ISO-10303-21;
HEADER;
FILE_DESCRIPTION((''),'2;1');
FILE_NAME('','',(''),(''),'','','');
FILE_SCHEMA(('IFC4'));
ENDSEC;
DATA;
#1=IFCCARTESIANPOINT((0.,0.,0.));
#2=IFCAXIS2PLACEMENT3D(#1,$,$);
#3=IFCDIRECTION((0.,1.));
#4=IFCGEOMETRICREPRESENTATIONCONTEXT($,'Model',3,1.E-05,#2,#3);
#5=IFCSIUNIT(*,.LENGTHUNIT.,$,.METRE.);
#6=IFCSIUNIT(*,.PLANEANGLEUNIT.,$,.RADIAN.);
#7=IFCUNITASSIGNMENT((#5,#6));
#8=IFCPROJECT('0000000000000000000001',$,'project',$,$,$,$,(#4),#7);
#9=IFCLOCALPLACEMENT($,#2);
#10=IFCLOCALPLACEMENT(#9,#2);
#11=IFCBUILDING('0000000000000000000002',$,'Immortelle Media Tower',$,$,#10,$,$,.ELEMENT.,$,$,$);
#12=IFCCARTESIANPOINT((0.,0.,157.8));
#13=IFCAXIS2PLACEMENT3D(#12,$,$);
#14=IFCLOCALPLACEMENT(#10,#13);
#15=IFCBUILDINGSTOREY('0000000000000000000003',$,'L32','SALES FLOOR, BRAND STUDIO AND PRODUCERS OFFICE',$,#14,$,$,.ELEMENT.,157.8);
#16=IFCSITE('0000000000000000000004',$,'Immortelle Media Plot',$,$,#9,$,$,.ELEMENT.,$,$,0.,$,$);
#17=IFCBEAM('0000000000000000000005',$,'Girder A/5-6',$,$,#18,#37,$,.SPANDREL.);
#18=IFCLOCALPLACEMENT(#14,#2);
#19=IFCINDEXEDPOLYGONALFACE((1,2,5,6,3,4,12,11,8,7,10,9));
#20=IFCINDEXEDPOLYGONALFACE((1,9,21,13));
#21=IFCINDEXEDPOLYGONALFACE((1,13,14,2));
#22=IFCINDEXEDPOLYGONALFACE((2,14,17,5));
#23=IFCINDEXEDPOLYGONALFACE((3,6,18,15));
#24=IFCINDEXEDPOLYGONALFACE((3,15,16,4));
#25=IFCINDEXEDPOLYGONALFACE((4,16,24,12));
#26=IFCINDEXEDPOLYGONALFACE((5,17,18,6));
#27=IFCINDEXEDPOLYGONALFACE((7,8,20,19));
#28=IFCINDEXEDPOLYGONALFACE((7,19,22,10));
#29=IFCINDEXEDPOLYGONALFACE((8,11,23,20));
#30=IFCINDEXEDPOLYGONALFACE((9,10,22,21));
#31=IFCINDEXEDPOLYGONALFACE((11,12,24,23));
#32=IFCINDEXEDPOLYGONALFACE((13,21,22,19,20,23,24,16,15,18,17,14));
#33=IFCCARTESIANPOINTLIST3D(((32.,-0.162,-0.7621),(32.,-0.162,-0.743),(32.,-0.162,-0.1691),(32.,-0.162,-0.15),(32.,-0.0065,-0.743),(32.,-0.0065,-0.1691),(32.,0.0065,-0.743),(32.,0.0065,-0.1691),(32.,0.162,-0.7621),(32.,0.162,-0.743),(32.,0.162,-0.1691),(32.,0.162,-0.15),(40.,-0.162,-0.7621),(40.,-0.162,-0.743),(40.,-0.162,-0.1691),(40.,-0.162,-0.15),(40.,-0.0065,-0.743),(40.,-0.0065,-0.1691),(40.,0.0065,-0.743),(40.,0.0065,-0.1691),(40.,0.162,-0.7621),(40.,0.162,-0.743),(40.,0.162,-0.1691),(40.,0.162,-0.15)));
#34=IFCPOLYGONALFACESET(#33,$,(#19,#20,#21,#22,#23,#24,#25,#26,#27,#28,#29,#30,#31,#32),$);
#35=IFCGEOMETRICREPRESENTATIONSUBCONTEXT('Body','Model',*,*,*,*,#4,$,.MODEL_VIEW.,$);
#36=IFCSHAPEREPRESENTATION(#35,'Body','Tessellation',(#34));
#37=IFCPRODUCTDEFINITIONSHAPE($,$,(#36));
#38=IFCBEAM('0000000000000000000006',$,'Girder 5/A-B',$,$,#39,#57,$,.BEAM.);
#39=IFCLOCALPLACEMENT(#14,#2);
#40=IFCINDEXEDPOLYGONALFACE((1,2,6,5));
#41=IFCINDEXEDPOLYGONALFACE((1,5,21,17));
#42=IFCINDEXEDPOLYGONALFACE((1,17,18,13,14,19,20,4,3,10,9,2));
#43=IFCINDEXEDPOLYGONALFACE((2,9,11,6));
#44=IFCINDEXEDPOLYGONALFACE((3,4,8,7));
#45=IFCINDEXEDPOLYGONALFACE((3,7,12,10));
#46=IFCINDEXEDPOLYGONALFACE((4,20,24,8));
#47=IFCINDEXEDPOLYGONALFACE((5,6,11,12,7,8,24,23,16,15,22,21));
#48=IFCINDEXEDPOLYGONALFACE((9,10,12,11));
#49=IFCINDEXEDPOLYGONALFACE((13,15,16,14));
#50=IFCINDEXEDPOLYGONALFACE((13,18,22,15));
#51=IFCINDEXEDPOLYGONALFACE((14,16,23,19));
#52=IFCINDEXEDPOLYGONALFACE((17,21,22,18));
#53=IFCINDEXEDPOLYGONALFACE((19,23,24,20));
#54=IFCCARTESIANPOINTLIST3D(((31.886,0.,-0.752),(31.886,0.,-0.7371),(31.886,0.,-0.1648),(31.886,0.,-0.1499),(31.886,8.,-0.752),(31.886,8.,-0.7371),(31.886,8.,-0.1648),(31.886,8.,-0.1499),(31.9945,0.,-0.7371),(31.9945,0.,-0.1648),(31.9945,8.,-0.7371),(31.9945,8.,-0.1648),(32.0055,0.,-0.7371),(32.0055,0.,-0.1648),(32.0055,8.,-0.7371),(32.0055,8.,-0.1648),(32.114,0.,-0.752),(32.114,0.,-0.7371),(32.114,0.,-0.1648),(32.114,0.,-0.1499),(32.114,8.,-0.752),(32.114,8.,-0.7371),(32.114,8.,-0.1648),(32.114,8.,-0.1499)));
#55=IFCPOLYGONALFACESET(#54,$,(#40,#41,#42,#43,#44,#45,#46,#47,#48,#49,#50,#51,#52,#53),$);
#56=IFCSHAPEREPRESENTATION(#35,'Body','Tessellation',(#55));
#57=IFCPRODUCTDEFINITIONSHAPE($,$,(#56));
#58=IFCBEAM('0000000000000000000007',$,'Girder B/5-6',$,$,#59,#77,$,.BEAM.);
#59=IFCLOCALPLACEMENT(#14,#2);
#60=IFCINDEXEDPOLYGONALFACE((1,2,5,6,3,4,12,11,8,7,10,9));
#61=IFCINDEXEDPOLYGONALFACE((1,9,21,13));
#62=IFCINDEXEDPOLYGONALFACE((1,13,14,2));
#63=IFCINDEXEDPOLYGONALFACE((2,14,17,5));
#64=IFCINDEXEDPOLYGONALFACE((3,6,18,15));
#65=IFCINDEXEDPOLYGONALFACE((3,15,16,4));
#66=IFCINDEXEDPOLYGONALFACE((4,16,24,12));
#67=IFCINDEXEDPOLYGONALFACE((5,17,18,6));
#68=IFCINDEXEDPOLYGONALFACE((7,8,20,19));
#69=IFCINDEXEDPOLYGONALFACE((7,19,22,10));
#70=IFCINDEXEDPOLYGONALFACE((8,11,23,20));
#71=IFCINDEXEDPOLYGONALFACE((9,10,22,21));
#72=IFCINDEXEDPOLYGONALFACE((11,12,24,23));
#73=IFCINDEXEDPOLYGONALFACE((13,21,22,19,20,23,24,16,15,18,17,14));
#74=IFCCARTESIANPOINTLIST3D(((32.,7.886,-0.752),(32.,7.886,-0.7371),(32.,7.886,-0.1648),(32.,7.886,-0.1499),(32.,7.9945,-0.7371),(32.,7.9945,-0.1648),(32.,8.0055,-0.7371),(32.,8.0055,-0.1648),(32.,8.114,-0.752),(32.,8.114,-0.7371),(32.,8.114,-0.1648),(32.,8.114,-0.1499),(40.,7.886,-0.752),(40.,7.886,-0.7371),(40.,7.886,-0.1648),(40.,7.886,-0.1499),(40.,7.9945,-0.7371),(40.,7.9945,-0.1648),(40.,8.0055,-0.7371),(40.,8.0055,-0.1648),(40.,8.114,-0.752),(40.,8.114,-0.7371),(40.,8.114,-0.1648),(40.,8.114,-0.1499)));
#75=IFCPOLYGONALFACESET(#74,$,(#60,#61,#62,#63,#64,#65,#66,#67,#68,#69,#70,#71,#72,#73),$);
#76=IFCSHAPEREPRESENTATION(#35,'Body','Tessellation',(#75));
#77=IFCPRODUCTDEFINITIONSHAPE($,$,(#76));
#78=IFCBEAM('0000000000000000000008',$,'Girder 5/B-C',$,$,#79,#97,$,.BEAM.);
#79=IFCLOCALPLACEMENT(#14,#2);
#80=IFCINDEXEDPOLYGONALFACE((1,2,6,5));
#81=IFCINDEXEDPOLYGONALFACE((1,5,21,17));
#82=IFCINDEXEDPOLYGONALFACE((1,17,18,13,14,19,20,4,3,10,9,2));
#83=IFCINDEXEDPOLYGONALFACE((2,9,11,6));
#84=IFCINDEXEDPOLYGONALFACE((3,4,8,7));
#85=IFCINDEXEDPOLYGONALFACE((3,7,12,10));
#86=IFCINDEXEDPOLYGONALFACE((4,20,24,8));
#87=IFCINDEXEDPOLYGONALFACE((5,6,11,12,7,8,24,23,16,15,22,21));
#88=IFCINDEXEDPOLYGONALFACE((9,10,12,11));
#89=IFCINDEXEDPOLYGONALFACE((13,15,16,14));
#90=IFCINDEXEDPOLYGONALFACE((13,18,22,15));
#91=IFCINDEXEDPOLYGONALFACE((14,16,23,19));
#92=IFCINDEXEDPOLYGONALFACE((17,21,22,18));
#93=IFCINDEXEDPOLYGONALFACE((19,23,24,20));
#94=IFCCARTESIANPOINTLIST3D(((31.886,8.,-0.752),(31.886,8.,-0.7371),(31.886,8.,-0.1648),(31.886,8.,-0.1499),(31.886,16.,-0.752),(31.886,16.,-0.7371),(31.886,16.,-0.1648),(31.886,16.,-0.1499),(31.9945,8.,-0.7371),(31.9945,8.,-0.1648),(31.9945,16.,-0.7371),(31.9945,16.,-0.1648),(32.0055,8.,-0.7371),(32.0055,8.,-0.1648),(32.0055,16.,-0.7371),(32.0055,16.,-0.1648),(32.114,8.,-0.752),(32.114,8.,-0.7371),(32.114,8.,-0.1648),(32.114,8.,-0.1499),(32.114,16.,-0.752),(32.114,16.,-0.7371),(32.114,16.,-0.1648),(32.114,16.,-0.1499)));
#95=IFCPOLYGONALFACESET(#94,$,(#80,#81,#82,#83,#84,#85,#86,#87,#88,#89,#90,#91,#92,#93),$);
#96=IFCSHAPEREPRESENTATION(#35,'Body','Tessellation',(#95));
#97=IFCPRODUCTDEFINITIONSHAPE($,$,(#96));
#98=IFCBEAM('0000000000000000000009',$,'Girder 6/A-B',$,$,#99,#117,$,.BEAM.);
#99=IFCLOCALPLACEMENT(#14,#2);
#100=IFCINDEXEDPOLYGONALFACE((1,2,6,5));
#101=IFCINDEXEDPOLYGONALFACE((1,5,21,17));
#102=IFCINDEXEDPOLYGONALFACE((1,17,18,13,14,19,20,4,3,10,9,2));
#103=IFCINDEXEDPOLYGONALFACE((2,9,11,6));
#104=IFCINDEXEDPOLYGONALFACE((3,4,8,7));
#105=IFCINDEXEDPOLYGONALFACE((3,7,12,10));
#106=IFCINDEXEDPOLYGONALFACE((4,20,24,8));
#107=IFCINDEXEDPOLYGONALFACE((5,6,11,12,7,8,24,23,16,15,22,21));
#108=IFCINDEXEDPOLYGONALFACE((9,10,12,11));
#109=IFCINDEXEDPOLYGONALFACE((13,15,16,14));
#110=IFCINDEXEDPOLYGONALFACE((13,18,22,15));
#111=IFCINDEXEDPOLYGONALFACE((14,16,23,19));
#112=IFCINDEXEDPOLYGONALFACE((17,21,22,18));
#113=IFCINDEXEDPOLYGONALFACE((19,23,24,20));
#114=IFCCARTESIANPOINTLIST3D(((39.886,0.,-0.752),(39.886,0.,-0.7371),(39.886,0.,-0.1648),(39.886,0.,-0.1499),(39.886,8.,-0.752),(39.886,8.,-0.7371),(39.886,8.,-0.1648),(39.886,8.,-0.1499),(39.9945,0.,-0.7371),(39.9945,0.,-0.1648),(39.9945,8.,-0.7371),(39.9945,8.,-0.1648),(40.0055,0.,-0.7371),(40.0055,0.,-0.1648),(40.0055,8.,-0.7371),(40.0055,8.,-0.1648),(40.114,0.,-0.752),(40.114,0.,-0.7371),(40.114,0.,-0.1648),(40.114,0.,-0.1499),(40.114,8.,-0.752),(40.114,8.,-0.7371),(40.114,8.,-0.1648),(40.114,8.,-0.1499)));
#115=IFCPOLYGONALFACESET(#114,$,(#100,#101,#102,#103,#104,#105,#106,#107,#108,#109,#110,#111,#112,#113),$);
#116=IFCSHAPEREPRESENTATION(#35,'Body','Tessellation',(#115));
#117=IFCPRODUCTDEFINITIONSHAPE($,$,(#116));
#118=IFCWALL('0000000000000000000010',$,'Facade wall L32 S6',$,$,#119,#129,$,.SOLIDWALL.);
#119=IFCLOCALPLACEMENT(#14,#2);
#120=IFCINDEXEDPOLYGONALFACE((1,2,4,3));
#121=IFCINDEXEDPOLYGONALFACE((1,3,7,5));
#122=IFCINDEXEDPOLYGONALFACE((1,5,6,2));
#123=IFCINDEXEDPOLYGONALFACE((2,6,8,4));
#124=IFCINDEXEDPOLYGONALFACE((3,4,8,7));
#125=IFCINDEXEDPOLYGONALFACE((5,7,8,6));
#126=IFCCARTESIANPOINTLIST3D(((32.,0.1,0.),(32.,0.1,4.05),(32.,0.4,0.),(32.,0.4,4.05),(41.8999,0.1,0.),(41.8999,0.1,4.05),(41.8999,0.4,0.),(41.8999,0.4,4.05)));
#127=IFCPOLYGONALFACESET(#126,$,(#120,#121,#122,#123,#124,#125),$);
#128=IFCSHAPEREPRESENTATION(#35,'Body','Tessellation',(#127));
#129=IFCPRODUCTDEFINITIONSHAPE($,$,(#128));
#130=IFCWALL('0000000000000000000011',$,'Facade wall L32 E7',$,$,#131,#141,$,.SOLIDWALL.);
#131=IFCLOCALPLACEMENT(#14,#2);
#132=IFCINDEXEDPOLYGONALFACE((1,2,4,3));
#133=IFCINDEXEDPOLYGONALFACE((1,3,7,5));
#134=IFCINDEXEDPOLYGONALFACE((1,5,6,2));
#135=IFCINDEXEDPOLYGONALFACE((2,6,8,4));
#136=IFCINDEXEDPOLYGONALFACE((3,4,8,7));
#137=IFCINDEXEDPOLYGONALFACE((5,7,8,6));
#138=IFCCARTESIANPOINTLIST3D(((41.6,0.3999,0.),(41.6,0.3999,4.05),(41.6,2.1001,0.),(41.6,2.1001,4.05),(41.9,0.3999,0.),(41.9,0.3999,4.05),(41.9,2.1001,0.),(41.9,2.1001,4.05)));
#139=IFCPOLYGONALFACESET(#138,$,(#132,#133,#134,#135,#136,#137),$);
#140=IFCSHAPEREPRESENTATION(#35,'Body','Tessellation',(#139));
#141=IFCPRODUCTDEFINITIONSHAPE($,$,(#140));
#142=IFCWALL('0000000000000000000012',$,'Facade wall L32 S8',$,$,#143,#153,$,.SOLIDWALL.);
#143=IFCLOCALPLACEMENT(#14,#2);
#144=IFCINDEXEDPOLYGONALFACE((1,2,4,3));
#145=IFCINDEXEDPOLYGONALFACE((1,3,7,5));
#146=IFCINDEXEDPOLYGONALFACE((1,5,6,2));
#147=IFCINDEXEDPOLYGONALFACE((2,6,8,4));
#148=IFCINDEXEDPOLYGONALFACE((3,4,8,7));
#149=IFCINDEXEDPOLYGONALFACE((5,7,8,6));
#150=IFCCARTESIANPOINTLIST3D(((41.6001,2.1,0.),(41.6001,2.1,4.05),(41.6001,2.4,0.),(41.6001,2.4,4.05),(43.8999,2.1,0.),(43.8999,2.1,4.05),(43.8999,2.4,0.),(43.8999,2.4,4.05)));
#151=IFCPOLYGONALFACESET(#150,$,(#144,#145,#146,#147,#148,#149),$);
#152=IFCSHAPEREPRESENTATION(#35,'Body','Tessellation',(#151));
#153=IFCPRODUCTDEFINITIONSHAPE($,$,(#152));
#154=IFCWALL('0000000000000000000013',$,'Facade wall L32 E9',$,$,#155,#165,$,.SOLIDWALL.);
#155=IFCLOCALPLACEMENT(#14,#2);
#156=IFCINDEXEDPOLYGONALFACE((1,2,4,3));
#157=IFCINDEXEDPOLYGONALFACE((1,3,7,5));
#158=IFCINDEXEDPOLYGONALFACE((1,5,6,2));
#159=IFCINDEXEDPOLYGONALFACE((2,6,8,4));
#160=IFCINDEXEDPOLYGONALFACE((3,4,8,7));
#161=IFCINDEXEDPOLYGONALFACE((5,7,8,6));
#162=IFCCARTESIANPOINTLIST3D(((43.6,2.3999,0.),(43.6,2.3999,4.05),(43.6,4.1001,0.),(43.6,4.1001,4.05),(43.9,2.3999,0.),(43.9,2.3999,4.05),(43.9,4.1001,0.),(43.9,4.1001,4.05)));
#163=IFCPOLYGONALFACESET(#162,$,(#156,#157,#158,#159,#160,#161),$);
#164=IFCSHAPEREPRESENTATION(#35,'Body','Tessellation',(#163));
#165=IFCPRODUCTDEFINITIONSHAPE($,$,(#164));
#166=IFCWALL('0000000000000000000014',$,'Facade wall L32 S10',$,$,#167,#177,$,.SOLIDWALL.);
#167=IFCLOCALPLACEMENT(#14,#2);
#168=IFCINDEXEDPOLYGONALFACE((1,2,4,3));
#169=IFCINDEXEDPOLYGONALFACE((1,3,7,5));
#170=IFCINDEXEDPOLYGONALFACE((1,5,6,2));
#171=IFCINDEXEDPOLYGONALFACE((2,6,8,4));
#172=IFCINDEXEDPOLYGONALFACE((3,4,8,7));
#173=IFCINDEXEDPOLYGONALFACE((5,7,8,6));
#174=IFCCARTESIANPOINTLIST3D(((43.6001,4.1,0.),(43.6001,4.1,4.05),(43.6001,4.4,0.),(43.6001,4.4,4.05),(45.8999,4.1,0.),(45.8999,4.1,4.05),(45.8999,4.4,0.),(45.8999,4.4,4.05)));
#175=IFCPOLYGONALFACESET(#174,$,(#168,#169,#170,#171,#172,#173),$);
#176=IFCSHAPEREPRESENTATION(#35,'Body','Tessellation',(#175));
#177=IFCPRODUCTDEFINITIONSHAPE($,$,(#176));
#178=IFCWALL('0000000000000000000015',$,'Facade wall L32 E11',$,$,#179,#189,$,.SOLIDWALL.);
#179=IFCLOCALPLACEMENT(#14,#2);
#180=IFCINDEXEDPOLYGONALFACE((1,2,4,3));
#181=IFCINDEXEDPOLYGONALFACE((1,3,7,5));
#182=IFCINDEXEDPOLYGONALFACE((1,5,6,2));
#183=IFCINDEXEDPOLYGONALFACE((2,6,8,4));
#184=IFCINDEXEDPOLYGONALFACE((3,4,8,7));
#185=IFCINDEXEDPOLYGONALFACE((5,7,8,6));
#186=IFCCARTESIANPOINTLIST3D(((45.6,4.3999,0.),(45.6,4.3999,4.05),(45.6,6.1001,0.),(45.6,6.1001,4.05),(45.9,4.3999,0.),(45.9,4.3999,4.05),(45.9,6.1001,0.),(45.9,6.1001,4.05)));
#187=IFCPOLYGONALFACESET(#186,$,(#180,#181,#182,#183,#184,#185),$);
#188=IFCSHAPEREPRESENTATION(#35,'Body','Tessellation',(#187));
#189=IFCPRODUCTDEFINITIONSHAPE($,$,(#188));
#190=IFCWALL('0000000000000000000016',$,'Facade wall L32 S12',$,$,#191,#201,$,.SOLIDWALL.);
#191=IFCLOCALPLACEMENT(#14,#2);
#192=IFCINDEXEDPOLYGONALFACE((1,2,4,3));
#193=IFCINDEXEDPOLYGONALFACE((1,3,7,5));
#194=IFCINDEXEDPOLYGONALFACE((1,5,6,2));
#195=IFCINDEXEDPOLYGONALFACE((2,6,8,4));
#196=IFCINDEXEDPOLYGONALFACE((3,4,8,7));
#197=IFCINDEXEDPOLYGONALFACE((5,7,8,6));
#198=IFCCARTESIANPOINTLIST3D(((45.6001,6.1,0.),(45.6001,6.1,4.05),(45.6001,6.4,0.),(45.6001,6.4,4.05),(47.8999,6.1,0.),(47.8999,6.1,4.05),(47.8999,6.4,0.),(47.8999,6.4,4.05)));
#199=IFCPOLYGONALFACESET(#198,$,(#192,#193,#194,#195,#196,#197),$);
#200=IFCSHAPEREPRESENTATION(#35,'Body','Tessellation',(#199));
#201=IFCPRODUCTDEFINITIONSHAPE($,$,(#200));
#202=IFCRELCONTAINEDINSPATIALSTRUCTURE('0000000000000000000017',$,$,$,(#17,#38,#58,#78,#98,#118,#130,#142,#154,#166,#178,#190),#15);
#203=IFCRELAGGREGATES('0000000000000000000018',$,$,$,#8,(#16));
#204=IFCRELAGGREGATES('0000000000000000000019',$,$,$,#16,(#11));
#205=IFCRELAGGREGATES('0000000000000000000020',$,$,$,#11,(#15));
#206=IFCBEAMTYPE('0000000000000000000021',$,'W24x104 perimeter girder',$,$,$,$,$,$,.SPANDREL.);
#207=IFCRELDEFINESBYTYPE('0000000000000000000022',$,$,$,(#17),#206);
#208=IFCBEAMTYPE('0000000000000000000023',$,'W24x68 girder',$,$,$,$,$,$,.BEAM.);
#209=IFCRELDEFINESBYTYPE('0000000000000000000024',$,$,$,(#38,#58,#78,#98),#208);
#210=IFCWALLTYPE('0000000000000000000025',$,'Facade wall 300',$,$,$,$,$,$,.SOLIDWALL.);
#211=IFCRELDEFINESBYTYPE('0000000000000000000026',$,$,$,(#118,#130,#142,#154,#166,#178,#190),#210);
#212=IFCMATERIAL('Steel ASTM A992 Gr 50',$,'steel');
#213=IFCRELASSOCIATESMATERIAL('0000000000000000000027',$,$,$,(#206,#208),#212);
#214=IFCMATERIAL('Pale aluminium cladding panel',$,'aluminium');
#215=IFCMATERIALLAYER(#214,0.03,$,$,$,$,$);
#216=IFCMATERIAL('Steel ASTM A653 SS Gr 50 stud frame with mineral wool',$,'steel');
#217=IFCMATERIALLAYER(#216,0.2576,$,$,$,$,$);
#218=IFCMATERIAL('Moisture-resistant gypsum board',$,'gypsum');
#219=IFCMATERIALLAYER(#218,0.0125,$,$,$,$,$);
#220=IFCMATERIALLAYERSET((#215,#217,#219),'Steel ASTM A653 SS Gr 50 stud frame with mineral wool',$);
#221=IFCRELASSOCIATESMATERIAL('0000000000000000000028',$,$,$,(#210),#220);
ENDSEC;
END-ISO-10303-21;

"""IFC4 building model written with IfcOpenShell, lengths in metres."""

from ifc_helpers import new_model, si_unit, direction, frame, frame_2d, origin, origin_2d, place, context, subcontext, project, spatial, rectangle, i_section, extrude, material, layer, layer_set, material_profile, profile_set, type_object, element, save


model = new_model("IFC4")

# Units and contexts
model_context = context("Model", 3, precision=1e-05, world=origin(), true_north=direction((0.0, 1.0)))
body_context = subcontext(model_context, "Body", "Model", "MODEL_VIEW")
ifc_project = project(units=[si_unit("LENGTHUNIT", "METRE"), si_unit("PLANEANGLEUNIT", "RADIAN")], contexts=[model_context])

# Site, building, storey
site_placement = place(None, origin())
site = spatial("IfcSite", under=ifc_project, at=site_placement, Name="Immortelle Media Plot", CompositionType="ELEMENT", RefElevation=0.0)
building_placement = place(site_placement, origin())
building = spatial("IfcBuilding", under=site, at=building_placement, Name="Immortelle Media Tower", CompositionType="ELEMENT")
storey_placement = place(building_placement, frame((0.0, 0.0, 157.8)))
storey = spatial("IfcBuildingStorey", under=building, at=storey_placement, Name="L32", Description="SALES FLOOR, BRAND STUDIO AND PRODUCERS OFFICE", CompositionType="ELEMENT", Elevation=157.8)

# Shared definitions
ifc_material_1 = material(Name="Steel ASTM A992 Gr 50", Category="steel")

# Beams
ifc_material_profile_1 = material_profile(ifc_material_1, i_section(OverallWidth=0.324, OverallDepth=0.6121, WebThickness=0.0129, FlangeThickness=0.019, at=origin_2d()), Name="W24x104")
ifc_profile_set_1 = profile_set([ifc_material_profile_1], Name="Steel ASTM A992 Gr 50")
beam_type_1 = type_object("IfcBeamType", Name="W24x104 perimeter girder", PredefinedType="SPANDREL", material=ifc_profile_set_1)
beam_1_placement = place(storey_placement, frame((32.0, 0.0, -0.4561), z_axis=(1.0, 0.0, 0.0), x_axis=(0.0, 1.0, 0.0)))
element("IfcBeam", 1, at=beam_1_placement, inside=storey, type_object=beam_type_1, Name="Girder A/5-6", PredefinedType="SPANDREL", context=body_context, shape_type="SweptSolid", body=[
    extrude(i_section(OverallWidth=0.324, OverallDepth=0.6121, WebThickness=0.0129, FlangeThickness=0.019, at=origin_2d()), origin(), (0.0, 0.0, 1.0), 8.0),
])
ifc_material_profile_2 = material_profile(ifc_material_1, i_section(OverallWidth=0.228, OverallDepth=0.6021, WebThickness=0.011, FlangeThickness=0.0149, at=origin_2d()), Name="W24x68")
ifc_profile_set_2 = profile_set([ifc_material_profile_2], Name="Steel ASTM A992 Gr 50")
beam_type_2 = type_object("IfcBeamType", Name="W24x68 girder", PredefinedType="BEAM", material=ifc_profile_set_2)
for number, where, z_axis, x_axis, name in (
    (2, (32.0, 0.0, -0.4509), (0.0, 1.0, 0.0), (-1.0, 0.0, 0.0), "Girder 5/A-B"),
    (3, (32.0, 8.0, -0.4509), (1.0, 0.0, 0.0), (0.0, 1.0, 0.0), "Girder B/5-6"),
    (4, (32.0, 8.0, -0.4509), (0.0, 1.0, 0.0), (-1.0, 0.0, 0.0), "Girder 5/B-C"),
    (5, (40.0, 0.0, -0.4509), (0.0, 1.0, 0.0), (-1.0, 0.0, 0.0), "Girder 6/A-B"),
):
    element("IfcBeam", number, at=place(storey_placement, frame(where, z_axis=z_axis, x_axis=x_axis)), inside=storey, type_object=beam_type_2, Name=name, PredefinedType="BEAM", context=body_context, shape_type="SweptSolid", body=[
        extrude(i_section(OverallWidth=0.228, OverallDepth=0.6021, WebThickness=0.011, FlangeThickness=0.0149, at=origin_2d()), origin(), (0.0, 0.0, 1.0), 8.0),
    ])

# Walls
ifc_material_2 = material(Name="Pale aluminium cladding panel", Category="aluminium")
ifc_layer_1 = layer(ifc_material_2, 0.03)
ifc_material_3 = material(Name="Steel ASTM A653 SS Gr 50 stud frame with mineral wool", Category="steel")
ifc_layer_2 = layer(ifc_material_3, 0.2576)
ifc_material_4 = material(Name="Moisture-resistant gypsum board", Category="gypsum")
ifc_layer_3 = layer(ifc_material_4, 0.0125)
ifc_layer_set = layer_set([ifc_layer_1, ifc_layer_2, ifc_layer_3], Name="Steel ASTM A653 SS Gr 50 stud frame with mineral wool")
wall_type = type_object("IfcWallType", Name="Facade wall 300", PredefinedType="SOLIDWALL", material=ifc_layer_set)
wall_1_placement = place(storey_placement, frame((32.0, 0.25, 0.0), z_axis=(0.0, 0.0, 1.0), x_axis=(1.0, 0.0, 0.0)))
element("IfcWall", 6, at=wall_1_placement, inside=storey, type_object=wall_type, Name="Facade wall L32 S6", PredefinedType="SOLIDWALL", context=body_context, shape_type="SweptSolid", body=[
    extrude(rectangle(XDim=9.8999, YDim=0.3, at=frame_2d((4.95, 0.0))), origin(), (0.0, 0.0, 1.0), 4.05),
])
wall_2_placement = place(storey_placement, frame((41.75, 0.3999, 0.0), z_axis=(0.0, 0.0, 1.0), x_axis=(0.0, 1.0, 0.0)))
element("IfcWall", 7, at=wall_2_placement, inside=storey, type_object=wall_type, Name="Facade wall L32 E7", PredefinedType="SOLIDWALL", context=body_context, shape_type="SweptSolid", body=[
    extrude(rectangle(XDim=1.7002, YDim=0.3, at=frame_2d((0.8501, 0.0))), origin(), (0.0, 0.0, 1.0), 4.05),
])
wall_3_placement = place(storey_placement, frame((41.6001, 2.25, 0.0), z_axis=(0.0, 0.0, 1.0), x_axis=(1.0, 0.0, 0.0)))
element("IfcWall", 8, at=wall_3_placement, inside=storey, type_object=wall_type, Name="Facade wall L32 S8", PredefinedType="SOLIDWALL", context=body_context, shape_type="SweptSolid", body=[
    extrude(rectangle(XDim=2.2998, YDim=0.3, at=frame_2d((1.1499, 0.0))), origin(), (0.0, 0.0, 1.0), 4.05),
])
wall_4_placement = place(storey_placement, frame((43.75, 2.3999, 0.0), z_axis=(0.0, 0.0, 1.0), x_axis=(0.0, 1.0, 0.0)))
element("IfcWall", 9, at=wall_4_placement, inside=storey, type_object=wall_type, Name="Facade wall L32 E9", PredefinedType="SOLIDWALL", context=body_context, shape_type="SweptSolid", body=[
    extrude(rectangle(XDim=1.7002, YDim=0.3, at=frame_2d((0.8501, 0.0))), origin(), (0.0, 0.0, 1.0), 4.05),
])
wall_5_placement = place(storey_placement, frame((43.6001, 4.25, 0.0), z_axis=(0.0, 0.0, 1.0), x_axis=(1.0, 0.0, 0.0)))
element("IfcWall", 10, at=wall_5_placement, inside=storey, type_object=wall_type, Name="Facade wall L32 S10", PredefinedType="SOLIDWALL", context=body_context, shape_type="SweptSolid", body=[
    extrude(rectangle(XDim=2.2998, YDim=0.3, at=frame_2d((1.1499, 0.0))), origin(), (0.0, 0.0, 1.0), 4.05),
])
wall_6_placement = place(storey_placement, frame((45.75, 4.3999, 0.0), z_axis=(0.0, 0.0, 1.0), x_axis=(0.0, 1.0, 0.0)))
element("IfcWall", 11, at=wall_6_placement, inside=storey, type_object=wall_type, Name="Facade wall L32 E11", PredefinedType="SOLIDWALL", context=body_context, shape_type="SweptSolid", body=[
    extrude(rectangle(XDim=1.7002, YDim=0.3, at=frame_2d((0.8501, 0.0))), origin(), (0.0, 0.0, 1.0), 4.05),
])
wall_7_placement = place(storey_placement, frame((45.6001, 6.25, 0.0), z_axis=(0.0, 0.0, 1.0), x_axis=(1.0, 0.0, 0.0)))
element("IfcWall", 12, at=wall_7_placement, inside=storey, type_object=wall_type, Name="Facade wall L32 S12", PredefinedType="SOLIDWALL", context=body_context, shape_type="SweptSolid", body=[
    extrude(rectangle(XDim=2.2998, YDim=0.3, at=frame_2d((1.1499, 0.0))), origin(), (0.0, 0.0, 1.0), 4.05),
])

save(model, "model.ifc")
